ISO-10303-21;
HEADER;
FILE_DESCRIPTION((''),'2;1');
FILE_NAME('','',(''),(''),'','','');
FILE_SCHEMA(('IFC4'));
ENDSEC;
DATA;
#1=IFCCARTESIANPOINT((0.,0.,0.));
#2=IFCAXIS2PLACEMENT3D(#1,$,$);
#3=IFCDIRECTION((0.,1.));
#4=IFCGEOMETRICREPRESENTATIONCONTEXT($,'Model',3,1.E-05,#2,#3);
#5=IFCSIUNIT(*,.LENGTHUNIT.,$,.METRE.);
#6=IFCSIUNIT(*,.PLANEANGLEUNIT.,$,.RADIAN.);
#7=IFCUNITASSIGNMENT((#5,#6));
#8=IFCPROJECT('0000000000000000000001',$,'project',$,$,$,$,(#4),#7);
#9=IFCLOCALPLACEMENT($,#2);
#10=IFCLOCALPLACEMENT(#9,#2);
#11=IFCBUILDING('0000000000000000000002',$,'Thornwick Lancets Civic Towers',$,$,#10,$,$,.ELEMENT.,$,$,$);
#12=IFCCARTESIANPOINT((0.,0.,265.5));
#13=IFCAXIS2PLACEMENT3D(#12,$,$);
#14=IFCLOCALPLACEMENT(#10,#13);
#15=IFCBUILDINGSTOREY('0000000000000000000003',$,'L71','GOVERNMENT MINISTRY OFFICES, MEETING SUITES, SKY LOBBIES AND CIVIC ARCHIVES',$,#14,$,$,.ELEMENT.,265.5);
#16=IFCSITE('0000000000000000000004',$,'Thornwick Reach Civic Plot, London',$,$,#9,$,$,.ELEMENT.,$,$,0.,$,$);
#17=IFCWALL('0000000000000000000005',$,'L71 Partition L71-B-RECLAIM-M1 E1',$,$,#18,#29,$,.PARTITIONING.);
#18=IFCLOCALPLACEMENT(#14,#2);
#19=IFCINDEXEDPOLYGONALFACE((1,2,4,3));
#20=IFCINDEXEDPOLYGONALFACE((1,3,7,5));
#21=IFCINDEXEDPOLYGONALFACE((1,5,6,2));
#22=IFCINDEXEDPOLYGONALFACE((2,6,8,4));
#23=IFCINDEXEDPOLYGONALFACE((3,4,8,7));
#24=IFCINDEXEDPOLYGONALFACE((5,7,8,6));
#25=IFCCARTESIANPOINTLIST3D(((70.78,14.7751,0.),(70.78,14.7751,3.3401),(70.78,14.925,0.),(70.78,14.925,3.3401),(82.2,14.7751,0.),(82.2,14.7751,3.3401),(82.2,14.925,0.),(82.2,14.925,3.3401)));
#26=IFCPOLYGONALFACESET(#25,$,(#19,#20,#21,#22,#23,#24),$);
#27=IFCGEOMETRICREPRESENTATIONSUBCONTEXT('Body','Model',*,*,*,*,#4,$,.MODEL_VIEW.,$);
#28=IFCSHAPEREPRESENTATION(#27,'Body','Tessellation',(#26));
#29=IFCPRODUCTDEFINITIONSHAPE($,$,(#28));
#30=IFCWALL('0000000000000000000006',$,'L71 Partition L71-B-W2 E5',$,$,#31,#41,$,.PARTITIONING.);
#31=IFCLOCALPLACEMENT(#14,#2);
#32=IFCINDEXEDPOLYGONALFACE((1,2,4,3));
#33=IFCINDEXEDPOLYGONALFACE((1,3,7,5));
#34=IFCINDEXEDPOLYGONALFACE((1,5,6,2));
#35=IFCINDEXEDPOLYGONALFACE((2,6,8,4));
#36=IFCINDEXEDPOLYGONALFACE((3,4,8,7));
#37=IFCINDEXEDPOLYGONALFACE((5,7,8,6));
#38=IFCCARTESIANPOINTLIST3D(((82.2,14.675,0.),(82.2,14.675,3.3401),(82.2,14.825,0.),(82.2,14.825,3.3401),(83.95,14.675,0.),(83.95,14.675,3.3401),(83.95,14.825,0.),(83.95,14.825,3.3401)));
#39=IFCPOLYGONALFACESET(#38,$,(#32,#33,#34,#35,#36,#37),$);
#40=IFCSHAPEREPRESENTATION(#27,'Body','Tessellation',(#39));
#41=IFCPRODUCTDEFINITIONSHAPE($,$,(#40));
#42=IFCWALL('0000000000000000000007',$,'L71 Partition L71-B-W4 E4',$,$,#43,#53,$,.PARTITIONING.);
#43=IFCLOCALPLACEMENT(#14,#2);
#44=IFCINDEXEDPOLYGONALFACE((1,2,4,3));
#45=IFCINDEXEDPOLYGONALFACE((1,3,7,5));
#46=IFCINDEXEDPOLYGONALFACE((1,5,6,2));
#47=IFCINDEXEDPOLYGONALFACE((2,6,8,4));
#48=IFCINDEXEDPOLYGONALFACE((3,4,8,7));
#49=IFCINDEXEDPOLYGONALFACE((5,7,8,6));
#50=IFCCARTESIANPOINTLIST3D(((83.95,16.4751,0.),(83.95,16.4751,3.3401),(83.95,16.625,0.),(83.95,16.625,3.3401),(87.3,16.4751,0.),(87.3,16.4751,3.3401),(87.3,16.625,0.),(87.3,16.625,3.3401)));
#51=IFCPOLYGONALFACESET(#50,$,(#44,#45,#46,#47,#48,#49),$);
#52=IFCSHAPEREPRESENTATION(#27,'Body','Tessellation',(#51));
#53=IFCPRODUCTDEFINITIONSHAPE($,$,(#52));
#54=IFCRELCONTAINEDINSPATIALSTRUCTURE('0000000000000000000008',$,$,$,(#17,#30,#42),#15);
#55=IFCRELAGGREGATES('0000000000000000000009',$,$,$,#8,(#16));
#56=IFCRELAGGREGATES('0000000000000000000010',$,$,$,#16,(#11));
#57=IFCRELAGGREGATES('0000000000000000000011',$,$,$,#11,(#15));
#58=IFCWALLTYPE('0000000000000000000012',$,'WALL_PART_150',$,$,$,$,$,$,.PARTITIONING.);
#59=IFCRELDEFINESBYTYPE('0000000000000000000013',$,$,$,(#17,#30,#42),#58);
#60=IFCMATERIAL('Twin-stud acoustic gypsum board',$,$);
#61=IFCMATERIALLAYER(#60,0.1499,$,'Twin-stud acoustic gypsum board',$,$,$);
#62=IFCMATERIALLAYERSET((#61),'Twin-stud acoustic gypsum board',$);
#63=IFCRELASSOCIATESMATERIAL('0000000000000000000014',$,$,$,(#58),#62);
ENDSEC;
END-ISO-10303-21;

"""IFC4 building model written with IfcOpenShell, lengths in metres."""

from ifc_helpers import new_model, si_unit, direction, frame, frame_2d, origin, place, context, subcontext, project, spatial, rectangle, extrude, material, layer, layer_set, type_object, element, save


model = new_model("IFC4")

# Units and contexts
model_context = context("Model", 3, precision=1e-05, world=origin(), true_north=direction((0.0, 1.0)))
body_context = subcontext(model_context, "Body", "Model", "MODEL_VIEW")
ifc_project = project(units=[si_unit("LENGTHUNIT", "METRE"), si_unit("PLANEANGLEUNIT", "RADIAN")], contexts=[model_context])

# Site, building, storey
site_placement = place(None, origin())
site = spatial("IfcSite", under=ifc_project, at=site_placement, Name="Thornwick Reach Civic Plot, London", CompositionType="ELEMENT", RefElevation=0.0)
building_placement = place(site_placement, origin())
building = spatial("IfcBuilding", under=site, at=building_placement, Name="Thornwick Lancets Civic Towers", CompositionType="ELEMENT")
storey_placement = place(building_placement, frame((0.0, 0.0, 265.5)))
storey = spatial("IfcBuildingStorey", under=building, at=storey_placement, Name="L71", Description="GOVERNMENT MINISTRY OFFICES, MEETING SUITES, SKY LOBBIES AND CIVIC ARCHIVES", CompositionType="ELEMENT", Elevation=265.5)

# Wall
ifc_material_1 = material(Name="Twin-stud acoustic gypsum board")
ifc_layer_1 = layer(ifc_material_1, 0.1499, Name="Twin-stud acoustic gypsum board")
ifc_layer_set_1 = layer_set([ifc_layer_1], Name="Twin-stud acoustic gypsum board")
wall_type_1 = type_object("IfcWallType", Name="WALL_PART_150", PredefinedType="PARTITIONING", material=ifc_layer_set_1)
wall_1_placement = place(storey_placement, frame((82.2, 14.8501, 0.0), z_axis=(0.0, 0.0, 1.0), x_axis=(-1.0, 0.0, 0.0)))
element("IfcWall", 1, at=wall_1_placement, inside=storey, type_object=wall_type_1, Name="L71 Partition L71-B-RECLAIM-M1 E1", PredefinedType="PARTITIONING", context=body_context, shape_type="SweptSolid", body=[
    extrude(rectangle(XDim=11.4199, YDim=0.1499, at=frame_2d((5.71, 0.0))), origin(), (0.0, 0.0, 1.0), 3.3401),
])

# Wall
wall_2_placement = place(storey_placement, frame((82.2, 14.75, 0.0), z_axis=(0.0, 0.0, 1.0), x_axis=(1.0, 0.0, 0.0)))
element("IfcWall", 2, at=wall_2_placement, inside=storey, type_object=wall_type_1, Name="L71 Partition L71-B-W2 E5", PredefinedType="PARTITIONING", context=body_context, shape_type="SweptSolid", body=[
    extrude(rectangle(XDim=1.75, YDim=0.1499, at=frame_2d((0.875, 0.0))), origin(), (0.0, 0.0, 1.0), 3.3401),
])

# Wall
wall_3_placement = place(storey_placement, frame((87.3, 16.55, 0.0), z_axis=(0.0, 0.0, 1.0), x_axis=(-1.0, 0.0, 0.0)))
element("IfcWall", 3, at=wall_3_placement, inside=storey, type_object=wall_type_1, Name="L71 Partition L71-B-W4 E4", PredefinedType="PARTITIONING", context=body_context, shape_type="SweptSolid", body=[
    extrude(rectangle(XDim=3.3501, YDim=0.1499, at=frame_2d((1.675, 0.0))), origin(), (0.0, 0.0, 1.0), 3.3401),
])

save(model, "model.ifc")
